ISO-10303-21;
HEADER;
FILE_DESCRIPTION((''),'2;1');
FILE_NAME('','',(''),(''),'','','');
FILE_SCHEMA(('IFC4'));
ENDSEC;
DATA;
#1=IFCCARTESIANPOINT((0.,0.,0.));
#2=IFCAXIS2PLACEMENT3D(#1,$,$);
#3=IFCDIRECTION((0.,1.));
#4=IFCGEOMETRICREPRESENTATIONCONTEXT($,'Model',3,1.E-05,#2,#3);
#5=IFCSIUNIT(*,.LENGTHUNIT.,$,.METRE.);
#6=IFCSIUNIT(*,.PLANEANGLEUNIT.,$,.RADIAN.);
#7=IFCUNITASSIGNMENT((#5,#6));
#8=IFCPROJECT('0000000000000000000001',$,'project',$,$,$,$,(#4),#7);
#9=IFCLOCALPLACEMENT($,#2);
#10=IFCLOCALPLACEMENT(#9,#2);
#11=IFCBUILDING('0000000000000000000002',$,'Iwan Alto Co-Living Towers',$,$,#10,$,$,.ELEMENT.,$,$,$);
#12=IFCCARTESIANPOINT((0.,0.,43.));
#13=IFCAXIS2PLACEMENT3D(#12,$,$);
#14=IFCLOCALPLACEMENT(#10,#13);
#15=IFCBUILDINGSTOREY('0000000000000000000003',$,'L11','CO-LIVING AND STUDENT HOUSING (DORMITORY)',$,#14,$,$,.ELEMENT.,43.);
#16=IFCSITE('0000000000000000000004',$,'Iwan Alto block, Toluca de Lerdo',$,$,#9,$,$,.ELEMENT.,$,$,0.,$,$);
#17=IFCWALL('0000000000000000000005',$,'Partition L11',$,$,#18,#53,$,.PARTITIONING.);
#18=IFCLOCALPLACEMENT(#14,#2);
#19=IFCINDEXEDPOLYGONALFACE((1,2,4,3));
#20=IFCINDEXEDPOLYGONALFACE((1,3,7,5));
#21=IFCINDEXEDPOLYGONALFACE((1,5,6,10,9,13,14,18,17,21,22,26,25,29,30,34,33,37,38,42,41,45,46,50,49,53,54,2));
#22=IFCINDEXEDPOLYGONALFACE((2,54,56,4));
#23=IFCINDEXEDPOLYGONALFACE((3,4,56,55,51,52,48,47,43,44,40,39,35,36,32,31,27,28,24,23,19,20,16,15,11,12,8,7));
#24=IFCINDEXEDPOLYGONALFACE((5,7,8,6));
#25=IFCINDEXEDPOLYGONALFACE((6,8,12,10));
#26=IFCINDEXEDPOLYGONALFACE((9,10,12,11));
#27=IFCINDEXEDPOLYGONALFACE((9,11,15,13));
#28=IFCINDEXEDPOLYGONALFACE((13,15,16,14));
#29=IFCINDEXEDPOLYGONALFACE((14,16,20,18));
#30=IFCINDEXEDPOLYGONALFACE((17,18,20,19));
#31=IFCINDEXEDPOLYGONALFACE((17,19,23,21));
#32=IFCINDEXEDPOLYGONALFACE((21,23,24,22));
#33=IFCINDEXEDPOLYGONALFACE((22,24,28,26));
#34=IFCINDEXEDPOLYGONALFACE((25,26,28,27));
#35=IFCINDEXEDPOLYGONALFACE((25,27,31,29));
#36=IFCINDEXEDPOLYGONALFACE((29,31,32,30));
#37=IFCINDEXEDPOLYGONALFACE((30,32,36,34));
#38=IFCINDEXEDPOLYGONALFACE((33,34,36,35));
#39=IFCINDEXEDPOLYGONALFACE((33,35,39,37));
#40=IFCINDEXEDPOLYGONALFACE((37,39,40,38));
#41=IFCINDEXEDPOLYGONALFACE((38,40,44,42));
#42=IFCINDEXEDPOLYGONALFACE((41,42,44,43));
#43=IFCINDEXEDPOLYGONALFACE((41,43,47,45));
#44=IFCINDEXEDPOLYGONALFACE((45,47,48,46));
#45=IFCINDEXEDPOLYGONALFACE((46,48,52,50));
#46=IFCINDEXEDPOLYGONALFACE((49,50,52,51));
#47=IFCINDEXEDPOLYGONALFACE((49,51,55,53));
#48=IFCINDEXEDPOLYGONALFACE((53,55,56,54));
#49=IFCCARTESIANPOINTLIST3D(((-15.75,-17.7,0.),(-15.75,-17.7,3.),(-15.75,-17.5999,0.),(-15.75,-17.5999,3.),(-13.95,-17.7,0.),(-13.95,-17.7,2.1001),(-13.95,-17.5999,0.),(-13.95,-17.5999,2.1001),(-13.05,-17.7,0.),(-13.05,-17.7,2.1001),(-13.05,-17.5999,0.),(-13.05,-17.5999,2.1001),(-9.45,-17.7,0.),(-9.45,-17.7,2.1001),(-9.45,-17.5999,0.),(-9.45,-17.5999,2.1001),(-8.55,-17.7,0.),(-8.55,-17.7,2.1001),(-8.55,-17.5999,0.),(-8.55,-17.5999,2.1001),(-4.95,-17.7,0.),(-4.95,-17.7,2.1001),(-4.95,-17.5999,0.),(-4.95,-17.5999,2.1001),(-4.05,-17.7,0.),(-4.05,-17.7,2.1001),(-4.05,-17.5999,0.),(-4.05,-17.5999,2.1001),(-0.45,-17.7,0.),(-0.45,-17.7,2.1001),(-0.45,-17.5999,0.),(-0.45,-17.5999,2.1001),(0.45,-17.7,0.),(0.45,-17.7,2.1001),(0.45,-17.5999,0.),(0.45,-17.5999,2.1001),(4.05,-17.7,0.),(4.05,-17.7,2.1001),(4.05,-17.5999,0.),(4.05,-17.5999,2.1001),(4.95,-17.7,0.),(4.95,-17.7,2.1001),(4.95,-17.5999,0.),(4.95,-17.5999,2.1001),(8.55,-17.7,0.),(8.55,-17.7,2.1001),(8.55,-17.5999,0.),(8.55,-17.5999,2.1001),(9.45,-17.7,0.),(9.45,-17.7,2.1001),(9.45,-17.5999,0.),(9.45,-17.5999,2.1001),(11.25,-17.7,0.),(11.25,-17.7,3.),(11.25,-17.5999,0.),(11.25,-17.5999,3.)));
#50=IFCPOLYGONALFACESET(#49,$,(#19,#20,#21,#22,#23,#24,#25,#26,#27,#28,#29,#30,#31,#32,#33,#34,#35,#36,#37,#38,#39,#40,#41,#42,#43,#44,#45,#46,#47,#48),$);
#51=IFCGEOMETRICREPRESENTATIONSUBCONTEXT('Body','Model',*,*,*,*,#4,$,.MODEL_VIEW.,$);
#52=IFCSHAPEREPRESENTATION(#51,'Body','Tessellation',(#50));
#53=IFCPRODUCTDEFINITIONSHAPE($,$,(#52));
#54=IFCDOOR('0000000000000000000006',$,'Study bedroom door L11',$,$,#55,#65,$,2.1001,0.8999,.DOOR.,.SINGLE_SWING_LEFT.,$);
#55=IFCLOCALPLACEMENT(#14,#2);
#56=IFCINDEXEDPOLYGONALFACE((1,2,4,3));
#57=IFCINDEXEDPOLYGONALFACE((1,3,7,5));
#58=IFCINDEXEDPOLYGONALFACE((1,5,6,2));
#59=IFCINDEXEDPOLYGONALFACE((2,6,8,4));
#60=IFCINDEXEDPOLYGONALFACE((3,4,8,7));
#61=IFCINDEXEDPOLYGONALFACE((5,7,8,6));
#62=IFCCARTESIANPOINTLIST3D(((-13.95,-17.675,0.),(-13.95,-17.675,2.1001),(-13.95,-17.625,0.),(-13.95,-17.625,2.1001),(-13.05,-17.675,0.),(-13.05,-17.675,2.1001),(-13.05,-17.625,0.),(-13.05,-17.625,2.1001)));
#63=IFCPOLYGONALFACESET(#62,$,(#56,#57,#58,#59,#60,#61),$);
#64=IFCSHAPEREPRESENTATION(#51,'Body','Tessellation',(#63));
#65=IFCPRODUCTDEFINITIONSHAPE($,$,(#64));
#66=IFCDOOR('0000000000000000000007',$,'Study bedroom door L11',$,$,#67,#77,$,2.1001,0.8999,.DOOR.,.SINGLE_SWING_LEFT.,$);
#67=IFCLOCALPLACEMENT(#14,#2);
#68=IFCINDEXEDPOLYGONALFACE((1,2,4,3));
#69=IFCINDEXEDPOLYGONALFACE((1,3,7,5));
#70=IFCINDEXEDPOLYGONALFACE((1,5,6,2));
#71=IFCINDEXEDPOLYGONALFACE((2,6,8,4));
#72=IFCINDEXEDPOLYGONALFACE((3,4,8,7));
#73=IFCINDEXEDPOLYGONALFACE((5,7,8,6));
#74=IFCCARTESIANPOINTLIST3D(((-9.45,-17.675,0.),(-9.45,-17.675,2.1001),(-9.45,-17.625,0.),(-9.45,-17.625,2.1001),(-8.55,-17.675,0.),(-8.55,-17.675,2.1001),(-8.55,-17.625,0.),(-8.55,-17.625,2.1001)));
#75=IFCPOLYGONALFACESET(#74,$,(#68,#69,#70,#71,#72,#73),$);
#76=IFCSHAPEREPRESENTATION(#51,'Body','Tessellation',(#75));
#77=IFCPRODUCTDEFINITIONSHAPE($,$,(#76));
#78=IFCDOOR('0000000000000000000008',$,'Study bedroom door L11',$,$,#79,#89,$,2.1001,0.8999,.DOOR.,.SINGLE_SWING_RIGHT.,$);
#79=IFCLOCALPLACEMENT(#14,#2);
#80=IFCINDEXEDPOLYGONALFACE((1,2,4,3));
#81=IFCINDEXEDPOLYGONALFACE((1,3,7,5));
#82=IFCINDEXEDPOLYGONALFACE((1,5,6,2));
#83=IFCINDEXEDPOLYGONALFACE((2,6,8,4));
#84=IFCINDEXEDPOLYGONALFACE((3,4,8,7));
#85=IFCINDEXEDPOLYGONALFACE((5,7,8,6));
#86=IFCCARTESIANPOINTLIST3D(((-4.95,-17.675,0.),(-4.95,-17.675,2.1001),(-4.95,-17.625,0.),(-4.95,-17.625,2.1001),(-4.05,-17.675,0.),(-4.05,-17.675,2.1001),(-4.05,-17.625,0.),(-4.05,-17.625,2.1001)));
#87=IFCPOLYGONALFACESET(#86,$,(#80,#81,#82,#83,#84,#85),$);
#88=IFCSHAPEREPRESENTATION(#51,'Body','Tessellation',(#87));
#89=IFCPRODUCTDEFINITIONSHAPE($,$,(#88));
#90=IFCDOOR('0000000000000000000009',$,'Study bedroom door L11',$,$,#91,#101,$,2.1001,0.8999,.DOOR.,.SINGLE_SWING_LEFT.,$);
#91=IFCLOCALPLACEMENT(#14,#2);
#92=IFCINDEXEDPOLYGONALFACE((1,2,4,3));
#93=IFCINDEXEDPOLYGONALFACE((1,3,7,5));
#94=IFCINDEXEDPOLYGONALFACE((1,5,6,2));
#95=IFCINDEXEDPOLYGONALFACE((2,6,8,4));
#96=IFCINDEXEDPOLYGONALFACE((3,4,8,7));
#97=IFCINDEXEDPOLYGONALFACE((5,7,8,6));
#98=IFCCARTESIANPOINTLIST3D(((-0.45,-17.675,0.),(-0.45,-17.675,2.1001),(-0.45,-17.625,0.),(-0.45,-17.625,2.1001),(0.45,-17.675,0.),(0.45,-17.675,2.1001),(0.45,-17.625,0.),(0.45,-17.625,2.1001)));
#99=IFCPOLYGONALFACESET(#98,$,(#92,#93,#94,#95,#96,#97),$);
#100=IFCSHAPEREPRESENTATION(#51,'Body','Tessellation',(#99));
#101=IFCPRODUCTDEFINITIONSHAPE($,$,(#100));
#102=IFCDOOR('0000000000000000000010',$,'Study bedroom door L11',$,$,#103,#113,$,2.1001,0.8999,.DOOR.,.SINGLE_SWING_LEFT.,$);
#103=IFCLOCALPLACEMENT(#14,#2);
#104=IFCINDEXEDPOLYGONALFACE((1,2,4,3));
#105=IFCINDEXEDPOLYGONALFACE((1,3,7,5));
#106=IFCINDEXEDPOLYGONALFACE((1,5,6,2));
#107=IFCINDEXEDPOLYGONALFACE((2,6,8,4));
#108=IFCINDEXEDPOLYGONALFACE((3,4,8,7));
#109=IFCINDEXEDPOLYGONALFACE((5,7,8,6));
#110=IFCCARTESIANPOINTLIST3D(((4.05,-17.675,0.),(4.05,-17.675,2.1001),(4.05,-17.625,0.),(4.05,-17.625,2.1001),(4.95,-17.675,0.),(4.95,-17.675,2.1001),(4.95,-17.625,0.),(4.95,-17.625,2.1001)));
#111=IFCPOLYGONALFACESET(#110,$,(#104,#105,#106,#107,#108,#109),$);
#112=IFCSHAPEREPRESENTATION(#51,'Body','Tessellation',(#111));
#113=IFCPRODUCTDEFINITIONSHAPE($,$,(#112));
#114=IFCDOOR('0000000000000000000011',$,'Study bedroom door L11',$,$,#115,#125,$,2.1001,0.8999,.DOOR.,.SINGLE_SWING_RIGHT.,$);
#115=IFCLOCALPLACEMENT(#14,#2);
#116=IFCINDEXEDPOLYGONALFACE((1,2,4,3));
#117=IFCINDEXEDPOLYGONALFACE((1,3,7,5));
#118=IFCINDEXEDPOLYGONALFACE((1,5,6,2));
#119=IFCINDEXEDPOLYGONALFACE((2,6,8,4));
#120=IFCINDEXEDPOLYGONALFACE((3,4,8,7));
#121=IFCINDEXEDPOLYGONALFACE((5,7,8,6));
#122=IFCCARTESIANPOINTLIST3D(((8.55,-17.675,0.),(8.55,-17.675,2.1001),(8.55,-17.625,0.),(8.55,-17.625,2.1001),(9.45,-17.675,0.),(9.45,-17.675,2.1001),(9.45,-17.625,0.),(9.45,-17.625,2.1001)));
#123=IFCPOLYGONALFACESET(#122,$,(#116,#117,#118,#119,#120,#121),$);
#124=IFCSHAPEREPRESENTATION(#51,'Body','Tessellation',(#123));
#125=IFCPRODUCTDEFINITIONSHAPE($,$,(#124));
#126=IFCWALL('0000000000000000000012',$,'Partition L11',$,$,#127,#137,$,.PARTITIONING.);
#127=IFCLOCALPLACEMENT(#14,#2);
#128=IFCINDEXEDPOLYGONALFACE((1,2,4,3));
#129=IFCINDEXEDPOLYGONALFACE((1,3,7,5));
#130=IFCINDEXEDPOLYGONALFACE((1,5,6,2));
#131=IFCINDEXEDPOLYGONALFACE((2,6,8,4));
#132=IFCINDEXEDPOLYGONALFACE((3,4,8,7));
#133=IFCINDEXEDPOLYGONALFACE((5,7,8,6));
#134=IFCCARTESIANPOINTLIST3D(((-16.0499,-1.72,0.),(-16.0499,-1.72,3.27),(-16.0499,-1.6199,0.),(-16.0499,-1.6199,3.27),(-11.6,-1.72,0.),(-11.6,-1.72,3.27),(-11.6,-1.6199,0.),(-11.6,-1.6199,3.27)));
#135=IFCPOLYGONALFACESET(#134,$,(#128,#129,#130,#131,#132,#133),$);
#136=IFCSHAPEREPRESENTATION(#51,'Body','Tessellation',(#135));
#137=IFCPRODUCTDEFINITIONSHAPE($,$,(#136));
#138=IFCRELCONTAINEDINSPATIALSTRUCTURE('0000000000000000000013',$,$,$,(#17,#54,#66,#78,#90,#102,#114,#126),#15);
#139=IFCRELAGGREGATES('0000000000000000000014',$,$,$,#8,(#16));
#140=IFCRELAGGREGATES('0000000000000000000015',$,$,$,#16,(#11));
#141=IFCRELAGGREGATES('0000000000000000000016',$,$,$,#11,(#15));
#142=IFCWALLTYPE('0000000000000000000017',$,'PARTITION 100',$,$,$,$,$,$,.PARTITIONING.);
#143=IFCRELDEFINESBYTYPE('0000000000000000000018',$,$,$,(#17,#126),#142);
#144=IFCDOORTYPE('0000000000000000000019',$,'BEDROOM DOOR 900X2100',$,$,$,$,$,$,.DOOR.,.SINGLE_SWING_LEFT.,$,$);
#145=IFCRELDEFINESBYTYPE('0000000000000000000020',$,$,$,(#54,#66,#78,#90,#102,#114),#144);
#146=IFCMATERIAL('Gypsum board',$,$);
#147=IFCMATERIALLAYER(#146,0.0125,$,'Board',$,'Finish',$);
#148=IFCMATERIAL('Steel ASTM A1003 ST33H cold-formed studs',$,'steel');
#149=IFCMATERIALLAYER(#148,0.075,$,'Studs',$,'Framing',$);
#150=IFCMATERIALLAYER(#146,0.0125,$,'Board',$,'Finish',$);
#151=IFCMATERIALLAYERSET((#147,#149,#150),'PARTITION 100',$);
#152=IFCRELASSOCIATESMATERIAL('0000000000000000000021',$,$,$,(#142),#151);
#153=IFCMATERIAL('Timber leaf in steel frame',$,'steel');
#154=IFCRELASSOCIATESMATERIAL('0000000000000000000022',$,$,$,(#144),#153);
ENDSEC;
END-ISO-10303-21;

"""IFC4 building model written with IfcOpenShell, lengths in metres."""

from ifc_helpers import new_model, si_unit, direction, frame, frame_2d, origin, place, context, subcontext, project, spatial, rectangle, extrude, material, layer, layer_set, type_object, element, fill, save


model = new_model("IFC4")

# Units and contexts
model_context = context("Model", 3, precision=1e-05, world=origin(), true_north=direction((0.0, 1.0)))
body_context = subcontext(model_context, "Body", "Model", "MODEL_VIEW")
ifc_project = project(units=[si_unit("LENGTHUNIT", "METRE"), si_unit("PLANEANGLEUNIT", "RADIAN")], contexts=[model_context])

# Site, building, storey
site_placement = place(None, origin())
site = spatial("IfcSite", under=ifc_project, at=site_placement, Name="Iwan Alto block, Toluca de Lerdo", CompositionType="ELEMENT", RefElevation=0.0)
building_placement = place(site_placement, origin())
building = spatial("IfcBuilding", under=site, at=building_placement, Name="Iwan Alto Co-Living Towers", CompositionType="ELEMENT")
storey_placement = place(building_placement, frame((0.0, 0.0, 43.0)))
storey = spatial("IfcBuildingStorey", under=building, at=storey_placement, Name="L11", Description="CO-LIVING AND STUDENT HOUSING (DORMITORY)", CompositionType="ELEMENT", Elevation=43.0)

# Wall, openings, doors
ifc_material_1 = material(Name="Gypsum board")
ifc_layer_1 = layer(ifc_material_1, 0.0125, Name="Board", Category="Finish")
ifc_material_2 = material(Name="Steel ASTM A1003 ST33H cold-formed studs", Category="steel")
ifc_layer_2 = layer(ifc_material_2, 0.075, Name="Studs", Category="Framing")
ifc_layer_3 = layer(ifc_material_1, 0.0125, Name="Board", Category="Finish")
ifc_layer_set_1 = layer_set([ifc_layer_1, ifc_layer_2, ifc_layer_3], Name="PARTITION 100")
wall_type_1 = type_object("IfcWallType", Name="PARTITION 100", PredefinedType="PARTITIONING", material=ifc_layer_set_1)
wall_1_placement = place(storey_placement, frame((-15.75, -17.6499, 0.0), z_axis=(0.0, 0.0, 1.0), x_axis=(1.0, 0.0, 0.0)))
wall_1 = element("IfcWall", 1, at=wall_1_placement, inside=storey, type_object=wall_type_1, Name="Partition L11", PredefinedType="PARTITIONING", context=body_context, shape_type="SweptSolid", body=[
    extrude(rectangle(XDim=27.0, YDim=0.1001, at=frame_2d((13.5, 0.0))), origin(), (0.0, 0.0, 1.0), 3.0),
])
opening_1_placement = place(wall_1_placement, frame((1.8, 0.0, 0.0)))
opening_1 = element("IfcOpeningElement", 2, at=opening_1_placement, cuts=wall_1, PredefinedType="OPENING", context=body_context, shape_type="SweptSolid", body=[
    extrude(rectangle(XDim=0.8999, YDim=2.1001, at=frame_2d((0.45, 1.05))), frame((0.0, 0.0601, 0.0), z_axis=(0.0, -1.0, 0.0), x_axis=(1.0, 0.0, 0.0)), (0.0, 0.0, 1.0), 0.1201),
])
opening_2_placement = place(wall_1_placement, frame((6.3, 0.0, 0.0)))
opening_2 = element("IfcOpeningElement", 3, at=opening_2_placement, cuts=wall_1, PredefinedType="OPENING", context=body_context, shape_type="SweptSolid", body=[
    extrude(rectangle(XDim=0.8999, YDim=2.1001, at=frame_2d((0.45, 1.05))), frame((0.0, 0.0601, 0.0), z_axis=(0.0, -1.0, 0.0), x_axis=(1.0, 0.0, 0.0)), (0.0, 0.0, 1.0), 0.1201),
])
opening_3_placement = place(wall_1_placement, frame((10.8, 0.0, 0.0)))
opening_3 = element("IfcOpeningElement", 4, at=opening_3_placement, cuts=wall_1, PredefinedType="OPENING", context=body_context, shape_type="SweptSolid", body=[
    extrude(rectangle(XDim=0.8999, YDim=2.1001, at=frame_2d((0.45, 1.05))), frame((0.0, 0.0601, 0.0), z_axis=(0.0, -1.0, 0.0), x_axis=(1.0, 0.0, 0.0)), (0.0, 0.0, 1.0), 0.1201),
])
opening_4_placement = place(wall_1_placement, frame((15.3, 0.0, 0.0)))
opening_4 = element("IfcOpeningElement", 5, at=opening_4_placement, cuts=wall_1, PredefinedType="OPENING", context=body_context, shape_type="SweptSolid", body=[
    extrude(rectangle(XDim=0.8999, YDim=2.1001, at=frame_2d((0.45, 1.05))), frame((0.0, 0.0601, 0.0), z_axis=(0.0, -1.0, 0.0), x_axis=(1.0, 0.0, 0.0)), (0.0, 0.0, 1.0), 0.1201),
])
opening_5_placement = place(wall_1_placement, frame((19.8, 0.0, 0.0)))
opening_5 = element("IfcOpeningElement", 6, at=opening_5_placement, cuts=wall_1, PredefinedType="OPENING", context=body_context, shape_type="SweptSolid", body=[
    extrude(rectangle(XDim=0.8999, YDim=2.1001, at=frame_2d((0.45, 1.05))), frame((0.0, 0.0601, 0.0), z_axis=(0.0, -1.0, 0.0), x_axis=(1.0, 0.0, 0.0)), (0.0, 0.0, 1.0), 0.1201),
])
opening_6_placement = place(wall_1_placement, frame((24.3, 0.0, 0.0)))
opening_6 = element("IfcOpeningElement", 7, at=opening_6_placement, cuts=wall_1, PredefinedType="OPENING", context=body_context, shape_type="SweptSolid", body=[
    extrude(rectangle(XDim=0.8999, YDim=2.1001, at=frame_2d((0.45, 1.05))), frame((0.0, 0.0601, 0.0), z_axis=(0.0, -1.0, 0.0), x_axis=(1.0, 0.0, 0.0)), (0.0, 0.0, 1.0), 0.1201),
])
ifc_material_3 = material(Name="Timber leaf in steel frame", Category="steel")
door_type_1 = type_object("IfcDoorType", Name="BEDROOM DOOR 900X2100", OperationType="SINGLE_SWING_LEFT", PredefinedType="DOOR", material=ifc_material_3)
door_1_placement = place(opening_1_placement, origin())
door_1 = element("IfcDoor", 8, at=door_1_placement, inside=storey, type_object=door_type_1, Name="Study bedroom door L11", OperationType="SINGLE_SWING_LEFT", OverallHeight=2.1001, OverallWidth=0.8999, PredefinedType="DOOR", context=body_context, shape_type="SweptSolid", body=[
    extrude(rectangle(XDim=0.8999, YDim=2.1001, at=frame_2d((0.45, 1.05))), frame((0.0, 0.0249, 0.0), z_axis=(0.0, -1.0, 0.0), x_axis=(1.0, 0.0, 0.0)), (0.0, 0.0, 1.0), 0.05),
])
fill(opening_1, door_1)
door_2_placement = place(opening_2_placement, origin())
door_2 = element("IfcDoor", 9, at=door_2_placement, inside=storey, type_object=door_type_1, Name="Study bedroom door L11", OperationType="SINGLE_SWING_LEFT", OverallHeight=2.1001, OverallWidth=0.8999, PredefinedType="DOOR", context=body_context, shape_type="SweptSolid", body=[
    extrude(rectangle(XDim=0.8999, YDim=2.1001, at=frame_2d((0.45, 1.05))), frame((0.0, 0.0249, 0.0), z_axis=(0.0, -1.0, 0.0), x_axis=(1.0, 0.0, 0.0)), (0.0, 0.0, 1.0), 0.05),
])
fill(opening_2, door_2)
door_3_placement = place(opening_3_placement, origin())
door_3 = element("IfcDoor", 10, at=door_3_placement, inside=storey, type_object=door_type_1, Name="Study bedroom door L11", OperationType="SINGLE_SWING_RIGHT", OverallHeight=2.1001, OverallWidth=0.8999, PredefinedType="DOOR", context=body_context, shape_type="SweptSolid", body=[
    extrude(rectangle(XDim=0.8999, YDim=2.1001, at=frame_2d((0.45, 1.05))), frame((0.0, 0.0249, 0.0), z_axis=(0.0, -1.0, 0.0), x_axis=(1.0, 0.0, 0.0)), (0.0, 0.0, 1.0), 0.05),
])
fill(opening_3, door_3)
door_4_placement = place(opening_4_placement, origin())
door_4 = element("IfcDoor", 11, at=door_4_placement, inside=storey, type_object=door_type_1, Name="Study bedroom door L11", OperationType="SINGLE_SWING_LEFT", OverallHeight=2.1001, OverallWidth=0.8999, PredefinedType="DOOR", context=body_context, shape_type="SweptSolid", body=[
    extrude(rectangle(XDim=0.8999, YDim=2.1001, at=frame_2d((0.45, 1.05))), frame((0.0, 0.0249, 0.0), z_axis=(0.0, -1.0, 0.0), x_axis=(1.0, 0.0, 0.0)), (0.0, 0.0, 1.0), 0.05),
])
fill(opening_4, door_4)
door_5_placement = place(opening_5_placement, origin())
door_5 = element("IfcDoor", 12, at=door_5_placement, inside=storey, type_object=door_type_1, Name="Study bedroom door L11", OperationType="SINGLE_SWING_LEFT", OverallHeight=2.1001, OverallWidth=0.8999, PredefinedType="DOOR", context=body_context, shape_type="SweptSolid", body=[
    extrude(rectangle(XDim=0.8999, YDim=2.1001, at=frame_2d((0.45, 1.05))), frame((0.0, 0.0249, 0.0), z_axis=(0.0, -1.0, 0.0), x_axis=(1.0, 0.0, 0.0)), (0.0, 0.0, 1.0), 0.05),
])
fill(opening_5, door_5)
door_6_placement = place(opening_6_placement, origin())
door_6 = element("IfcDoor", 13, at=door_6_placement, inside=storey, type_object=door_type_1, Name="Study bedroom door L11", OperationType="SINGLE_SWING_RIGHT", OverallHeight=2.1001, OverallWidth=0.8999, PredefinedType="DOOR", context=body_context, shape_type="SweptSolid", body=[
    extrude(rectangle(XDim=0.8999, YDim=2.1001, at=frame_2d((0.45, 1.05))), frame((0.0, 0.0249, 0.0), z_axis=(0.0, -1.0, 0.0), x_axis=(1.0, 0.0, 0.0)), (0.0, 0.0, 1.0), 0.05),
])
fill(opening_6, door_6)

# Wall
wall_2_placement = place(storey_placement, frame((-16.05, -1.6699, 0.0), z_axis=(0.0, 0.0, 1.0), x_axis=(1.0, 0.0, 0.0)))
element("IfcWall", 14, at=wall_2_placement, inside=storey, type_object=wall_type_1, Name="Partition L11", PredefinedType="PARTITIONING", context=body_context, shape_type="SweptSolid", body=[
    extrude(rectangle(XDim=4.45, YDim=0.1001, at=frame_2d((2.2251, 0.0))), origin(), (0.0, 0.0, 1.0), 3.27),
])

save(model, "model.ifc")
